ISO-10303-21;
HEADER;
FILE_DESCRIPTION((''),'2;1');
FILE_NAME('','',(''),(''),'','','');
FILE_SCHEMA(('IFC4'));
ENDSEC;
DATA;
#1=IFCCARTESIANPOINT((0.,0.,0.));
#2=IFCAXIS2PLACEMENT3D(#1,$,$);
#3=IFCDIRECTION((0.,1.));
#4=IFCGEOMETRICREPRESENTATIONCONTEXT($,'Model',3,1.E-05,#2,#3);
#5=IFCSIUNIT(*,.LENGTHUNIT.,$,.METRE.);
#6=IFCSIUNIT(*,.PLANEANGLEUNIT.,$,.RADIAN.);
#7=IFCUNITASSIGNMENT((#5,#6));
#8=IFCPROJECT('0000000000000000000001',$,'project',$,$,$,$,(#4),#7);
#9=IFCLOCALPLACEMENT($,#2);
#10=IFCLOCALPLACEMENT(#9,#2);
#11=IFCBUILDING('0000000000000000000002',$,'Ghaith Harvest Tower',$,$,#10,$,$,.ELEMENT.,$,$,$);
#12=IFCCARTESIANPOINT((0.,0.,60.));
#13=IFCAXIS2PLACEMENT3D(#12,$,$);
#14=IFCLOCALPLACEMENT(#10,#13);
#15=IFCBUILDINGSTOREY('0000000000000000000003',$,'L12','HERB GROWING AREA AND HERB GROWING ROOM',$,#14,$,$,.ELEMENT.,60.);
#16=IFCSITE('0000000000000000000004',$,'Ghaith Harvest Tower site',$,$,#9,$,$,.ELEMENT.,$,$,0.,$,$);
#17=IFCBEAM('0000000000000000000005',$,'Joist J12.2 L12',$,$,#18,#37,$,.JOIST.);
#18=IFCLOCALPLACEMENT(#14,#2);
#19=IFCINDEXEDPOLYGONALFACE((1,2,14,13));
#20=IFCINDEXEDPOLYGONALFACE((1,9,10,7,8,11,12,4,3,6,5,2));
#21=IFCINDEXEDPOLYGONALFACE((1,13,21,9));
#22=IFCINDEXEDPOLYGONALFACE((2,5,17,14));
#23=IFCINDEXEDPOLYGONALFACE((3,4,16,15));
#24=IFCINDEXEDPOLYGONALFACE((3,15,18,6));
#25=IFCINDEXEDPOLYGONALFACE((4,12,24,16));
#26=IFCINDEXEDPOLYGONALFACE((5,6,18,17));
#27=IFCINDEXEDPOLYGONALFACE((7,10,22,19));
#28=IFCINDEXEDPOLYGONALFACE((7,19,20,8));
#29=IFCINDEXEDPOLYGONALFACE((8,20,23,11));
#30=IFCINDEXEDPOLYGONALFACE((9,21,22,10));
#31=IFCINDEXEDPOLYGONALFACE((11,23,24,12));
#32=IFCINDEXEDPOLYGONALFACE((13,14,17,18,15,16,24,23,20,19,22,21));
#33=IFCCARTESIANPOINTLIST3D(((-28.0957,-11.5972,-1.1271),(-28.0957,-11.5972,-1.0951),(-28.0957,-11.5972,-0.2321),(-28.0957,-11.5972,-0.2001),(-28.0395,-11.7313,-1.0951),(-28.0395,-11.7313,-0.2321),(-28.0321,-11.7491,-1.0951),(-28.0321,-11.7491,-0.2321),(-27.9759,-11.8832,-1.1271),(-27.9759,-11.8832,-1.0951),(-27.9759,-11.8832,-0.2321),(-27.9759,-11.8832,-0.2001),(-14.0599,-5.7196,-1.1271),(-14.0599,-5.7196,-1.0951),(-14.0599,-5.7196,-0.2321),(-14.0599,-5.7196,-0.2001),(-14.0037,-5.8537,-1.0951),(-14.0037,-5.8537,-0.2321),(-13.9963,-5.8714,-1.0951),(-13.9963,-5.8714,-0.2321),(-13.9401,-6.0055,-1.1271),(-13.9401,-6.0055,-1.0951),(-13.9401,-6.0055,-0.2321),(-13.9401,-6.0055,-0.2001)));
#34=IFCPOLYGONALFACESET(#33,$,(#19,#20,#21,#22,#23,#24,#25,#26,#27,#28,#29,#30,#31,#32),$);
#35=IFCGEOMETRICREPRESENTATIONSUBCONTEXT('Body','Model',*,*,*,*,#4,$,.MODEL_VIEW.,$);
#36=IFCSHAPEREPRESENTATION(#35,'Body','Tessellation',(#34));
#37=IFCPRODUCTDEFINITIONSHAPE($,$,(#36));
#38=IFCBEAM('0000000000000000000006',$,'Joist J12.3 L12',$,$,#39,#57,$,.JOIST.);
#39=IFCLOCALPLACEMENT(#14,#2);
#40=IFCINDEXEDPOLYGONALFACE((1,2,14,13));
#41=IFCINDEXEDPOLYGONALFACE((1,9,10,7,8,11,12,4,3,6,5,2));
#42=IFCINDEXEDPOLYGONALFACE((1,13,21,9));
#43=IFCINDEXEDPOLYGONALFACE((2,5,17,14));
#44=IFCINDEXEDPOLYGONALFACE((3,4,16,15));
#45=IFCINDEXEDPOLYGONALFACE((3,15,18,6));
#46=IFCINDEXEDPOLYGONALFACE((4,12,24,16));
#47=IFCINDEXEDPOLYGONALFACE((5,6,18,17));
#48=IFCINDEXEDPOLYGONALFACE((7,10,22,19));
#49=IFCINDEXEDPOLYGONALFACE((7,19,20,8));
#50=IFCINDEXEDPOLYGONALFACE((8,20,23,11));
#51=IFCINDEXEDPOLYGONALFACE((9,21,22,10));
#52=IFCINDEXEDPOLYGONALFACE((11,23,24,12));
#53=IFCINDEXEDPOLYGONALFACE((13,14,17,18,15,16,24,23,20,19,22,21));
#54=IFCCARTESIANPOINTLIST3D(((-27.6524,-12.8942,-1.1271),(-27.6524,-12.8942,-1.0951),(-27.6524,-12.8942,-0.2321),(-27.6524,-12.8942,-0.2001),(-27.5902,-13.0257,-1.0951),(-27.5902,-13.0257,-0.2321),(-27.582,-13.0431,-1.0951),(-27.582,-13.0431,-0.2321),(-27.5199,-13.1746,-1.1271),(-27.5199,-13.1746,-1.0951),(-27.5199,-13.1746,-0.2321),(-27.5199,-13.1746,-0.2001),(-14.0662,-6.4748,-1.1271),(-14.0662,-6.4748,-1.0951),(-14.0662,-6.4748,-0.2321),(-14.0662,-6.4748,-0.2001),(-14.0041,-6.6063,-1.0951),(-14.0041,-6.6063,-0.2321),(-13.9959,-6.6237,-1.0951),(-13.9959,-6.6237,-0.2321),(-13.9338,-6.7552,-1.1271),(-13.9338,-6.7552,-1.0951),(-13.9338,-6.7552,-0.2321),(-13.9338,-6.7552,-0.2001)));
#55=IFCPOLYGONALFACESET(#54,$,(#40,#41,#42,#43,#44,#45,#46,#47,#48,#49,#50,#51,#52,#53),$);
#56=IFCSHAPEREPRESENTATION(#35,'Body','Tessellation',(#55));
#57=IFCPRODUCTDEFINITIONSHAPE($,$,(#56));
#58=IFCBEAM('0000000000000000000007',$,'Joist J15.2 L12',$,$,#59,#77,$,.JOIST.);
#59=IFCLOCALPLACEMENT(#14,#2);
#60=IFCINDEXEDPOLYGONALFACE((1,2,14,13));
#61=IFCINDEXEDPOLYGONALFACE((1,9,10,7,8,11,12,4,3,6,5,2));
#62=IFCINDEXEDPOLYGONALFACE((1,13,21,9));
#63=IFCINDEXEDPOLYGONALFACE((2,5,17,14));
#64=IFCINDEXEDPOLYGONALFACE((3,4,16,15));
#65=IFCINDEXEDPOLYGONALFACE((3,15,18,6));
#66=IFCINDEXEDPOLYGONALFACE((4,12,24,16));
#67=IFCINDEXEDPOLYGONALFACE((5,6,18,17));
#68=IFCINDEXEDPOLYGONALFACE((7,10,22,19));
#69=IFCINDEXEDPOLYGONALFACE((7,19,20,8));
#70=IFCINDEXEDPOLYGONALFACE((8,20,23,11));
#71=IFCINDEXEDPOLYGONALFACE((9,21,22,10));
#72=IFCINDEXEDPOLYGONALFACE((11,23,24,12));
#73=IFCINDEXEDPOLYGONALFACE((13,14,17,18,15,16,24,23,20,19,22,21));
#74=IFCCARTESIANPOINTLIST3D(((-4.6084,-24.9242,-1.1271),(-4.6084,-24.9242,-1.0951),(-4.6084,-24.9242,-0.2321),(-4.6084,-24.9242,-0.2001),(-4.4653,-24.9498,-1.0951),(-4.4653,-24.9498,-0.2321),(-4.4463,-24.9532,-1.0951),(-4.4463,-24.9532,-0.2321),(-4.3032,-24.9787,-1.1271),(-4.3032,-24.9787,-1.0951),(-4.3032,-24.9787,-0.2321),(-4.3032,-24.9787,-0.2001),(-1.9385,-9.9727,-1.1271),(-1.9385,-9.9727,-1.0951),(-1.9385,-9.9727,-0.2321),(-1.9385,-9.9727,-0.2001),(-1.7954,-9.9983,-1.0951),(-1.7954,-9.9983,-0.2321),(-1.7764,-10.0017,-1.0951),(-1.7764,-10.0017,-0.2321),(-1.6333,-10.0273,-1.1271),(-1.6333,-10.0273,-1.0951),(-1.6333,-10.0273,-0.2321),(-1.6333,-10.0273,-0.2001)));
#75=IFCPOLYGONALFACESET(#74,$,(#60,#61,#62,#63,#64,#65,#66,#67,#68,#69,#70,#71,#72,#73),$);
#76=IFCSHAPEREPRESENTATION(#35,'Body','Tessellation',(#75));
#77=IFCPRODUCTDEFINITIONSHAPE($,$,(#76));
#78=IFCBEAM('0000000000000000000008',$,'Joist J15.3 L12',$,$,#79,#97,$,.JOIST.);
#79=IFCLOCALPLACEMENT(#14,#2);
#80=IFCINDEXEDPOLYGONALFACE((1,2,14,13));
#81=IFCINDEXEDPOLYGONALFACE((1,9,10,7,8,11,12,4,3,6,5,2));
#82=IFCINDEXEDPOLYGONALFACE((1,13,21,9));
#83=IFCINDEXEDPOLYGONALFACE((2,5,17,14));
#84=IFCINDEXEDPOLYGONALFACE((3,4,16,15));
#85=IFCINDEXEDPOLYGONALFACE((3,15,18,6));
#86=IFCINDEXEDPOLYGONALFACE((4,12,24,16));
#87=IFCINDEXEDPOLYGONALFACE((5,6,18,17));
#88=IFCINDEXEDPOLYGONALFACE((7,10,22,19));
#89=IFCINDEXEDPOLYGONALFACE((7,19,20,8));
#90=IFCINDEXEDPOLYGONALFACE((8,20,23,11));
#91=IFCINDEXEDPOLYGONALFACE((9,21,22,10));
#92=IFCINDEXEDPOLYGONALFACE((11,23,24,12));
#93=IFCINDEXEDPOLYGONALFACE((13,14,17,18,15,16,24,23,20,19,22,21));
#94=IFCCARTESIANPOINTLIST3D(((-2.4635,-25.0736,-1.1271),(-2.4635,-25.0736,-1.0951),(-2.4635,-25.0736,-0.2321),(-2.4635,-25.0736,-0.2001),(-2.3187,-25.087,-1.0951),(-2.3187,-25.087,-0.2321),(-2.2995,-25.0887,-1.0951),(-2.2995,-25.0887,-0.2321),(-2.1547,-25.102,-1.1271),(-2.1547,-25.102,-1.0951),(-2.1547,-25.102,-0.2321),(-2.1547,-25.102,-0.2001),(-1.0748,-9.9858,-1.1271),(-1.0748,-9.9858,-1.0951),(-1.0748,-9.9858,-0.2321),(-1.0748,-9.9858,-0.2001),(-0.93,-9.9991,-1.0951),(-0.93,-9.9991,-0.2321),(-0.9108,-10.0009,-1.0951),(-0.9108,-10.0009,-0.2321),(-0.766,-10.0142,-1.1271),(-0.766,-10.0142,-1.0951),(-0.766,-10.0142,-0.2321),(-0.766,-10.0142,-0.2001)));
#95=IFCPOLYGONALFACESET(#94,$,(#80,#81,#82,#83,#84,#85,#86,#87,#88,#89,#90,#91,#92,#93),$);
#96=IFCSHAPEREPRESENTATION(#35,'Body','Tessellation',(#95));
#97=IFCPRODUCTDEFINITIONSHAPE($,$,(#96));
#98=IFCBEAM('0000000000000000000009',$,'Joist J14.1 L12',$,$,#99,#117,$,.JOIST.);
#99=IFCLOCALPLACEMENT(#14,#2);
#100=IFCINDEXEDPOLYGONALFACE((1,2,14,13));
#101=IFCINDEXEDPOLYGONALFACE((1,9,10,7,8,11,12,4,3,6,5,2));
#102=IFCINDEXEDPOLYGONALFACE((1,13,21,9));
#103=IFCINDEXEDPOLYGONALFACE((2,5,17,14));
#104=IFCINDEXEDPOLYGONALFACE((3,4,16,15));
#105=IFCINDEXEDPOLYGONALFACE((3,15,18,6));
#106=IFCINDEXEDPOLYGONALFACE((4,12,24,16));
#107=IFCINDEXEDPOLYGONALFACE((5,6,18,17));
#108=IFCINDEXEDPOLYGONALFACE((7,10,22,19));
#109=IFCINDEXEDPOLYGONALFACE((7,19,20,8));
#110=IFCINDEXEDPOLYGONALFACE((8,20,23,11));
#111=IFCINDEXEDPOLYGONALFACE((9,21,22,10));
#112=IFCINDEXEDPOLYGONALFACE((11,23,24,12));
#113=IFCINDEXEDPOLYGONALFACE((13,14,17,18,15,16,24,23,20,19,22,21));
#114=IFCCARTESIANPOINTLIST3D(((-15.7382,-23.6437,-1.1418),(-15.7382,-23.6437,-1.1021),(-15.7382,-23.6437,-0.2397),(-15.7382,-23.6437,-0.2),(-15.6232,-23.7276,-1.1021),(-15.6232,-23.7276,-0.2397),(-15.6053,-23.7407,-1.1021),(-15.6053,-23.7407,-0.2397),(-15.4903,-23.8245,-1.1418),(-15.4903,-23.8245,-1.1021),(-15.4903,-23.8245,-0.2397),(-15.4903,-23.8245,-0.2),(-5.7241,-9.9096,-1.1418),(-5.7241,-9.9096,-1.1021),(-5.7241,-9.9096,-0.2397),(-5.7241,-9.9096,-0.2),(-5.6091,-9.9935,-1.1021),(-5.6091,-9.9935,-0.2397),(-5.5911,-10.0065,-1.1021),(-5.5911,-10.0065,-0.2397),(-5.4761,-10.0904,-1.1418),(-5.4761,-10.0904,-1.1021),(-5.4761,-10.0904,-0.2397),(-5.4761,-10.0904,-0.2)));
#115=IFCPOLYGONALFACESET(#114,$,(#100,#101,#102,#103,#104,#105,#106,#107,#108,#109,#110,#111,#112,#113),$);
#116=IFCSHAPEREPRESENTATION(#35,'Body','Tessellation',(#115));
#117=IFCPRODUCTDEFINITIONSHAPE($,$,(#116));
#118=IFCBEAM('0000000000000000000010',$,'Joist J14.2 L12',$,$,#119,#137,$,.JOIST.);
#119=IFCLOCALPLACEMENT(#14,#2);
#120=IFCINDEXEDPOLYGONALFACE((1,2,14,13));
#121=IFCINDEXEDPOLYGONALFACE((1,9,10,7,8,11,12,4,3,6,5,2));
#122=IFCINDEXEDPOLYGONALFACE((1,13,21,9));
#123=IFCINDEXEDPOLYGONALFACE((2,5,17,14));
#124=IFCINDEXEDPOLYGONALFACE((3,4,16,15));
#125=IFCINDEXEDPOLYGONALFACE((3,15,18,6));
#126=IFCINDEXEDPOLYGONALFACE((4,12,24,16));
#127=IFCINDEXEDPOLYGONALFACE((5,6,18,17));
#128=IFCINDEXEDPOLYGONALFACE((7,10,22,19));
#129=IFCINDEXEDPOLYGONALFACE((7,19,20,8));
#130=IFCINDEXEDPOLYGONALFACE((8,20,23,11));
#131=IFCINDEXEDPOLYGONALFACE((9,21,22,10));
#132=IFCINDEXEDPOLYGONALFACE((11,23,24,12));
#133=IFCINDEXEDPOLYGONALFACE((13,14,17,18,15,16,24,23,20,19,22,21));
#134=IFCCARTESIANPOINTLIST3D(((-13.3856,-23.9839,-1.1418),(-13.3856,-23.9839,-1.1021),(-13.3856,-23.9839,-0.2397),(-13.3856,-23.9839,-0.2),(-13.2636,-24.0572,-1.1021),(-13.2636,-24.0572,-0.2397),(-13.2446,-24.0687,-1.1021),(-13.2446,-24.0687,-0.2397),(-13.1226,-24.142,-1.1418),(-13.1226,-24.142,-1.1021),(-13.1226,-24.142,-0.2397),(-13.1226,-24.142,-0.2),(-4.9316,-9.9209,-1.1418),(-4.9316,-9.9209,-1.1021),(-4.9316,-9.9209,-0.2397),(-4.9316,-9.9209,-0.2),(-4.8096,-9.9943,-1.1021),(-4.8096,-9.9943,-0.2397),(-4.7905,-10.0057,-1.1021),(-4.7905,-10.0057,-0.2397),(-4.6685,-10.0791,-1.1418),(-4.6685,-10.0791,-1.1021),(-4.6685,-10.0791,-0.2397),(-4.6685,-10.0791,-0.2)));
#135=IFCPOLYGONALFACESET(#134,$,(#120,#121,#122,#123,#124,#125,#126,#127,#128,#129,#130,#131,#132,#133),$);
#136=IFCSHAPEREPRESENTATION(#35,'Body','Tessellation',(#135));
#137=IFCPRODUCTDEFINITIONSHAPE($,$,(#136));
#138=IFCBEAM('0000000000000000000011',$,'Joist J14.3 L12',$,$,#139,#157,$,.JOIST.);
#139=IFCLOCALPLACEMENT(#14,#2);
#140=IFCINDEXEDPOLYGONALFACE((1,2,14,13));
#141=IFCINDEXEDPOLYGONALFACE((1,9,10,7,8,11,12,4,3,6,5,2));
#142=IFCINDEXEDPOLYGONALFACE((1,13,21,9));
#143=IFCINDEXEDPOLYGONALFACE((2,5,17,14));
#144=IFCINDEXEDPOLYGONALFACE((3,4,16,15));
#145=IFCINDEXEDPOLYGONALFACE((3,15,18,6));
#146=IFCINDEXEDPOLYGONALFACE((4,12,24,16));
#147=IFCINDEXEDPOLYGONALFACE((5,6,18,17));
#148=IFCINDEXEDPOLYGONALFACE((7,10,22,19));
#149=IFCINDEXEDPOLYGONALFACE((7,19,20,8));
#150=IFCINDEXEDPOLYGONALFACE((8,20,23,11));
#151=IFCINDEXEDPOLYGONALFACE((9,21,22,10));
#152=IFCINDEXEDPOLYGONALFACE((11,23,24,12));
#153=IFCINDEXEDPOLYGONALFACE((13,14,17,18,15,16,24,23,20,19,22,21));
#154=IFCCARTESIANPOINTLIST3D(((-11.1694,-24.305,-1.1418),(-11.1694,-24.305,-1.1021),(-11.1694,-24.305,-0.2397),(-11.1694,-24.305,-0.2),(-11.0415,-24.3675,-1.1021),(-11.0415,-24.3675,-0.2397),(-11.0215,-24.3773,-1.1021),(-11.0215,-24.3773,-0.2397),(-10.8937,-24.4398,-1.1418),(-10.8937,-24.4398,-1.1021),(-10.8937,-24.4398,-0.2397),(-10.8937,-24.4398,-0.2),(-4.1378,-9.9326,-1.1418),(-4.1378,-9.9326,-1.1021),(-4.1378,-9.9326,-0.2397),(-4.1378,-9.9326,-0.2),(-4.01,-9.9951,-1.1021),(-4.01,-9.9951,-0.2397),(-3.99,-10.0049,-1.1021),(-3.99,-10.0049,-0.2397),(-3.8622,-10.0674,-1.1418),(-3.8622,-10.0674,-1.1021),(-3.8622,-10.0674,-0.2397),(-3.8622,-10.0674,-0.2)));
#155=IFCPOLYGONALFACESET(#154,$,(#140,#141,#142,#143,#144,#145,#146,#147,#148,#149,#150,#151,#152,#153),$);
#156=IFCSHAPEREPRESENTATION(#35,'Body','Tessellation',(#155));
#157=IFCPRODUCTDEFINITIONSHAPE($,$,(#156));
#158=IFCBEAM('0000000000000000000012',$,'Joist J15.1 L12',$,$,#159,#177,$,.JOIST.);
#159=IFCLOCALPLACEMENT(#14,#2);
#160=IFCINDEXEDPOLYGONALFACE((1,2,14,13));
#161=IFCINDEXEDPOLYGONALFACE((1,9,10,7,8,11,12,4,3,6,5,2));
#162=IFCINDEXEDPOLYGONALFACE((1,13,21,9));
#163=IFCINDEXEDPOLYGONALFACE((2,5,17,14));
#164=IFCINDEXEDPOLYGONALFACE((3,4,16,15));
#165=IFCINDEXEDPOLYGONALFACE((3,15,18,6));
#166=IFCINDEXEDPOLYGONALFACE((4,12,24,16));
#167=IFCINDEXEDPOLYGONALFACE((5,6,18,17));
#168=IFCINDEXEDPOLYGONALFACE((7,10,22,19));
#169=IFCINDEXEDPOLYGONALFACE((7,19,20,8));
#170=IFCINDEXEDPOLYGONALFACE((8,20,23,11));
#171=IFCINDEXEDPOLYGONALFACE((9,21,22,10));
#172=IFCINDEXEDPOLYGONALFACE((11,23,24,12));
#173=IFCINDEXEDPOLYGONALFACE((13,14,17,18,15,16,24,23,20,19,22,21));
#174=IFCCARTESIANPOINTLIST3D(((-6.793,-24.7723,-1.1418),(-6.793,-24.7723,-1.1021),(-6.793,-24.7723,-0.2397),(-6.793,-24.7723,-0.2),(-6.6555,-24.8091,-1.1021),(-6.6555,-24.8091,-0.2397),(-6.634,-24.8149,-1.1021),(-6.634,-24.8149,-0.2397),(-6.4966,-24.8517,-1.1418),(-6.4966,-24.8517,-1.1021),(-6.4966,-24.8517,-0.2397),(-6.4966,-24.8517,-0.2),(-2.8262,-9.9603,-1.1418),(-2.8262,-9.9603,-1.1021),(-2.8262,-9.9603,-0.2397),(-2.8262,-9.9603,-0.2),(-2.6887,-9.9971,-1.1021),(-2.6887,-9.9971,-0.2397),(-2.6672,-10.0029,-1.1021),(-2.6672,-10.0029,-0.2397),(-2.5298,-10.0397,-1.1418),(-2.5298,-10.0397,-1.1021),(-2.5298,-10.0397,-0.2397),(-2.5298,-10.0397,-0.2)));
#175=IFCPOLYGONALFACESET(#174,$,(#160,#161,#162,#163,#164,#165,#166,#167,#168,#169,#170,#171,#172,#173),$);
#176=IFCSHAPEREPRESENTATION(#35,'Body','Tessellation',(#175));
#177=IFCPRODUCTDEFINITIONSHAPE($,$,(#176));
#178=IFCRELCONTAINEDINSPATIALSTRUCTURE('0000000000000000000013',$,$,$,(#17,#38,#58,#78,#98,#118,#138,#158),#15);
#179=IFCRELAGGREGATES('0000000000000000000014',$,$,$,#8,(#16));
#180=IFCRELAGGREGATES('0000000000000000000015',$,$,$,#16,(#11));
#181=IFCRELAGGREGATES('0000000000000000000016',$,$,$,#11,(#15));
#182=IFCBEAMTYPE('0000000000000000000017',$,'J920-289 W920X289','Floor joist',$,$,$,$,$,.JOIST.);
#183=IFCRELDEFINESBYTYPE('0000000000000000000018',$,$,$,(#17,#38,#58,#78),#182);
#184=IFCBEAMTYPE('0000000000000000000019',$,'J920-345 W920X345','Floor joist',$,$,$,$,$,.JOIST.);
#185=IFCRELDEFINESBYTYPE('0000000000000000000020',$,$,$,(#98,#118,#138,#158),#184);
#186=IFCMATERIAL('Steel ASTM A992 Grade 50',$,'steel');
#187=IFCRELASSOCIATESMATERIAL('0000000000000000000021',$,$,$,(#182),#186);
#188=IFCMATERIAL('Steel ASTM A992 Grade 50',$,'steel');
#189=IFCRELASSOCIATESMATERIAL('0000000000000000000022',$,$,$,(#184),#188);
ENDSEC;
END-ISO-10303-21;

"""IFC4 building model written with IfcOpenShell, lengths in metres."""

from ifc_helpers import new_model, si_unit, direction, frame, origin, origin_2d, place, context, subcontext, project, spatial, i_section, extrude, material, material_profile, profile_set, type_object, element, save


model = new_model("IFC4")

# Units and contexts
model_context = context("Model", 3, precision=1e-05, world=origin(), true_north=direction((0.0, 1.0)))
body_context = subcontext(model_context, "Body", "Model", "MODEL_VIEW")
ifc_project = project(units=[si_unit("LENGTHUNIT", "METRE"), si_unit("PLANEANGLEUNIT", "RADIAN")], contexts=[model_context])

# Site, building, storey
site_placement = place(None, origin())
site = spatial("IfcSite", under=ifc_project, at=site_placement, Name="Ghaith Harvest Tower site", CompositionType="ELEMENT", RefElevation=0.0)
building_placement = place(site_placement, origin())
building = spatial("IfcBuilding", under=site, at=building_placement, Name="Ghaith Harvest Tower", CompositionType="ELEMENT")
storey_placement = place(building_placement, frame((0.0, 0.0, 60.0)))
storey = spatial("IfcBuildingStorey", under=building, at=storey_placement, Name="L12", Description="HERB GROWING AREA AND HERB GROWING ROOM", CompositionType="ELEMENT", Elevation=60.0)

# Beams
ifc_material_1 = material(Name="Steel ASTM A992 Grade 50", Category="steel")
ifc_material_profile_1 = material_profile(ifc_material_1, i_section(OverallWidth=0.3101, OverallDepth=0.927, WebThickness=0.0193, FlangeThickness=0.032, at=origin_2d()), Name="W920X289")
ifc_profile_set_1 = profile_set([ifc_material_profile_1], Name="Steel ASTM A992 Grade 50")
beam_type_1 = type_object("IfcBeamType", Name="J920-289 W920X289", Description="Floor joist", PredefinedType="JOIST", material=ifc_profile_set_1)
beam_1_placement = place(storey_placement, frame((-14.0, -5.8625, -0.6636), z_axis=(-0.92239, -0.386261, 0.0), x_axis=(0.386261, -0.92239, 0.0)))
element("IfcBeam", 1, at=beam_1_placement, inside=storey, type_object=beam_type_1, Name="Joist J12.2 L12", PredefinedType="JOIST", context=body_context, shape_type="SweptSolid", body=[
    extrude(i_section(OverallWidth=0.3101, OverallDepth=0.927, WebThickness=0.0193, FlangeThickness=0.032, at=origin_2d()), origin(), (0.0, 0.0, 1.0), 15.2168),
])
beam_2_placement = place(storey_placement, frame((-14.0, -6.615, -0.6636), z_axis=(-0.904153, -0.42721, 0.0), x_axis=(0.42721, -0.904153, 0.0)))
element("IfcBeam", 2, at=beam_2_placement, inside=storey, type_object=beam_type_1, Name="Joist J12.3 L12", PredefinedType="JOIST", context=body_context, shape_type="SweptSolid", body=[
    extrude(i_section(OverallWidth=0.3101, OverallDepth=0.927, WebThickness=0.0193, FlangeThickness=0.032, at=origin_2d()), origin(), (0.0, 0.0, 1.0), 15.0264),
])
beam_3_placement = place(storey_placement, frame((-1.7859, -10.0, -0.6636), z_axis=(-0.175792, -0.984427, 0.0), x_axis=(0.984427, -0.175792, 0.0)))
element("IfcBeam", 3, at=beam_3_placement, inside=storey, type_object=beam_type_1, Name="Joist J15.2 L12", PredefinedType="JOIST", context=body_context, shape_type="SweptSolid", body=[
    extrude(i_section(OverallWidth=0.3101, OverallDepth=0.927, WebThickness=0.0193, FlangeThickness=0.032, at=origin_2d()), origin(), (0.0, 0.0, 1.0), 15.188),
])
beam_4_placement = place(storey_placement, frame((-0.9204, -10.0, -0.6636), z_axis=(-0.091651, -0.995791, 0.0), x_axis=(0.995791, -0.091651, 0.0)))
element("IfcBeam", 4, at=beam_4_placement, inside=storey, type_object=beam_type_1, Name="Joist J15.3 L12", PredefinedType="JOIST", context=body_context, shape_type="SweptSolid", body=[
    extrude(i_section(OverallWidth=0.3101, OverallDepth=0.927, WebThickness=0.0193, FlangeThickness=0.032, at=origin_2d()), origin(), (0.0, 0.0, 1.0), 15.1516),
])
ifc_material_2 = material(Name="Steel ASTM A992 Grade 50", Category="steel")
ifc_material_profile_2 = material_profile(ifc_material_2, i_section(OverallWidth=0.3069, OverallDepth=0.9419, WebThickness=0.0222, FlangeThickness=0.0398, at=origin_2d()), Name="W920X345")
ifc_profile_set_2 = profile_set([ifc_material_profile_2], Name="Steel ASTM A992 Grade 50")
beam_type_2 = type_object("IfcBeamType", Name="J920-345 W920X345", Description="Floor joist", PredefinedType="JOIST", material=ifc_profile_set_2)
beam_5_placement = place(storey_placement, frame((-5.6001, -10.0, -0.6709), z_axis=(-0.58916, -0.808016, 0.0), x_axis=(0.808016, -0.58916, 0.0)))
element("IfcBeam", 5, at=beam_5_placement, inside=storey, type_object=beam_type_2, Name="Joist J14.1 L12", PredefinedType="JOIST", context=body_context, shape_type="SweptSolid", body=[
    extrude(i_section(OverallWidth=0.3069, OverallDepth=0.9419, WebThickness=0.0222, FlangeThickness=0.0398, at=origin_2d()), origin(), (0.0, 0.0, 1.0), 16.9973),
])
beam_6_placement = place(storey_placement, frame((-4.8, -10.0, -0.6709), z_axis=(-0.515226, -0.857054, 0.0), x_axis=(0.857054, -0.515226, 0.0)))
element("IfcBeam", 6, at=beam_6_placement, inside=storey, type_object=beam_type_2, Name="Joist J14.2 L12", PredefinedType="JOIST", context=body_context, shape_type="SweptSolid", body=[
    extrude(i_section(OverallWidth=0.3069, OverallDepth=0.9419, WebThickness=0.0222, FlangeThickness=0.0398, at=origin_2d()), origin(), (0.0, 0.0, 1.0), 16.4084),
])
beam_7_placement = place(storey_placement, frame((-4.0, -10.0, -0.6709), z_axis=(-0.439464, -0.89826, 0.0), x_axis=(0.89826, -0.439464, 0.0)))
element("IfcBeam", 7, at=beam_7_placement, inside=storey, type_object=beam_type_2, Name="Joist J14.3 L12", PredefinedType="JOIST", context=body_context, shape_type="SweptSolid", body=[
    extrude(i_section(OverallWidth=0.3069, OverallDepth=0.9419, WebThickness=0.0222, FlangeThickness=0.0398, at=origin_2d()), origin(), (0.0, 0.0, 1.0), 16.0002),
])
beam_8_placement = place(storey_placement, frame((-2.678, -10.0, -0.6709), z_axis=(-0.258693, -0.96596, 0.0), x_axis=(0.96596, -0.258693, 0.0)))
element("IfcBeam", 8, at=beam_8_placement, inside=storey, type_object=beam_type_2, Name="Joist J15.1 L12", PredefinedType="JOIST", context=body_context, shape_type="SweptSolid", body=[
    extrude(i_section(OverallWidth=0.3069, OverallDepth=0.9419, WebThickness=0.0222, FlangeThickness=0.0398, at=origin_2d()), origin(), (0.0, 0.0, 1.0), 15.334),
])

save(model, "model.ifc")
